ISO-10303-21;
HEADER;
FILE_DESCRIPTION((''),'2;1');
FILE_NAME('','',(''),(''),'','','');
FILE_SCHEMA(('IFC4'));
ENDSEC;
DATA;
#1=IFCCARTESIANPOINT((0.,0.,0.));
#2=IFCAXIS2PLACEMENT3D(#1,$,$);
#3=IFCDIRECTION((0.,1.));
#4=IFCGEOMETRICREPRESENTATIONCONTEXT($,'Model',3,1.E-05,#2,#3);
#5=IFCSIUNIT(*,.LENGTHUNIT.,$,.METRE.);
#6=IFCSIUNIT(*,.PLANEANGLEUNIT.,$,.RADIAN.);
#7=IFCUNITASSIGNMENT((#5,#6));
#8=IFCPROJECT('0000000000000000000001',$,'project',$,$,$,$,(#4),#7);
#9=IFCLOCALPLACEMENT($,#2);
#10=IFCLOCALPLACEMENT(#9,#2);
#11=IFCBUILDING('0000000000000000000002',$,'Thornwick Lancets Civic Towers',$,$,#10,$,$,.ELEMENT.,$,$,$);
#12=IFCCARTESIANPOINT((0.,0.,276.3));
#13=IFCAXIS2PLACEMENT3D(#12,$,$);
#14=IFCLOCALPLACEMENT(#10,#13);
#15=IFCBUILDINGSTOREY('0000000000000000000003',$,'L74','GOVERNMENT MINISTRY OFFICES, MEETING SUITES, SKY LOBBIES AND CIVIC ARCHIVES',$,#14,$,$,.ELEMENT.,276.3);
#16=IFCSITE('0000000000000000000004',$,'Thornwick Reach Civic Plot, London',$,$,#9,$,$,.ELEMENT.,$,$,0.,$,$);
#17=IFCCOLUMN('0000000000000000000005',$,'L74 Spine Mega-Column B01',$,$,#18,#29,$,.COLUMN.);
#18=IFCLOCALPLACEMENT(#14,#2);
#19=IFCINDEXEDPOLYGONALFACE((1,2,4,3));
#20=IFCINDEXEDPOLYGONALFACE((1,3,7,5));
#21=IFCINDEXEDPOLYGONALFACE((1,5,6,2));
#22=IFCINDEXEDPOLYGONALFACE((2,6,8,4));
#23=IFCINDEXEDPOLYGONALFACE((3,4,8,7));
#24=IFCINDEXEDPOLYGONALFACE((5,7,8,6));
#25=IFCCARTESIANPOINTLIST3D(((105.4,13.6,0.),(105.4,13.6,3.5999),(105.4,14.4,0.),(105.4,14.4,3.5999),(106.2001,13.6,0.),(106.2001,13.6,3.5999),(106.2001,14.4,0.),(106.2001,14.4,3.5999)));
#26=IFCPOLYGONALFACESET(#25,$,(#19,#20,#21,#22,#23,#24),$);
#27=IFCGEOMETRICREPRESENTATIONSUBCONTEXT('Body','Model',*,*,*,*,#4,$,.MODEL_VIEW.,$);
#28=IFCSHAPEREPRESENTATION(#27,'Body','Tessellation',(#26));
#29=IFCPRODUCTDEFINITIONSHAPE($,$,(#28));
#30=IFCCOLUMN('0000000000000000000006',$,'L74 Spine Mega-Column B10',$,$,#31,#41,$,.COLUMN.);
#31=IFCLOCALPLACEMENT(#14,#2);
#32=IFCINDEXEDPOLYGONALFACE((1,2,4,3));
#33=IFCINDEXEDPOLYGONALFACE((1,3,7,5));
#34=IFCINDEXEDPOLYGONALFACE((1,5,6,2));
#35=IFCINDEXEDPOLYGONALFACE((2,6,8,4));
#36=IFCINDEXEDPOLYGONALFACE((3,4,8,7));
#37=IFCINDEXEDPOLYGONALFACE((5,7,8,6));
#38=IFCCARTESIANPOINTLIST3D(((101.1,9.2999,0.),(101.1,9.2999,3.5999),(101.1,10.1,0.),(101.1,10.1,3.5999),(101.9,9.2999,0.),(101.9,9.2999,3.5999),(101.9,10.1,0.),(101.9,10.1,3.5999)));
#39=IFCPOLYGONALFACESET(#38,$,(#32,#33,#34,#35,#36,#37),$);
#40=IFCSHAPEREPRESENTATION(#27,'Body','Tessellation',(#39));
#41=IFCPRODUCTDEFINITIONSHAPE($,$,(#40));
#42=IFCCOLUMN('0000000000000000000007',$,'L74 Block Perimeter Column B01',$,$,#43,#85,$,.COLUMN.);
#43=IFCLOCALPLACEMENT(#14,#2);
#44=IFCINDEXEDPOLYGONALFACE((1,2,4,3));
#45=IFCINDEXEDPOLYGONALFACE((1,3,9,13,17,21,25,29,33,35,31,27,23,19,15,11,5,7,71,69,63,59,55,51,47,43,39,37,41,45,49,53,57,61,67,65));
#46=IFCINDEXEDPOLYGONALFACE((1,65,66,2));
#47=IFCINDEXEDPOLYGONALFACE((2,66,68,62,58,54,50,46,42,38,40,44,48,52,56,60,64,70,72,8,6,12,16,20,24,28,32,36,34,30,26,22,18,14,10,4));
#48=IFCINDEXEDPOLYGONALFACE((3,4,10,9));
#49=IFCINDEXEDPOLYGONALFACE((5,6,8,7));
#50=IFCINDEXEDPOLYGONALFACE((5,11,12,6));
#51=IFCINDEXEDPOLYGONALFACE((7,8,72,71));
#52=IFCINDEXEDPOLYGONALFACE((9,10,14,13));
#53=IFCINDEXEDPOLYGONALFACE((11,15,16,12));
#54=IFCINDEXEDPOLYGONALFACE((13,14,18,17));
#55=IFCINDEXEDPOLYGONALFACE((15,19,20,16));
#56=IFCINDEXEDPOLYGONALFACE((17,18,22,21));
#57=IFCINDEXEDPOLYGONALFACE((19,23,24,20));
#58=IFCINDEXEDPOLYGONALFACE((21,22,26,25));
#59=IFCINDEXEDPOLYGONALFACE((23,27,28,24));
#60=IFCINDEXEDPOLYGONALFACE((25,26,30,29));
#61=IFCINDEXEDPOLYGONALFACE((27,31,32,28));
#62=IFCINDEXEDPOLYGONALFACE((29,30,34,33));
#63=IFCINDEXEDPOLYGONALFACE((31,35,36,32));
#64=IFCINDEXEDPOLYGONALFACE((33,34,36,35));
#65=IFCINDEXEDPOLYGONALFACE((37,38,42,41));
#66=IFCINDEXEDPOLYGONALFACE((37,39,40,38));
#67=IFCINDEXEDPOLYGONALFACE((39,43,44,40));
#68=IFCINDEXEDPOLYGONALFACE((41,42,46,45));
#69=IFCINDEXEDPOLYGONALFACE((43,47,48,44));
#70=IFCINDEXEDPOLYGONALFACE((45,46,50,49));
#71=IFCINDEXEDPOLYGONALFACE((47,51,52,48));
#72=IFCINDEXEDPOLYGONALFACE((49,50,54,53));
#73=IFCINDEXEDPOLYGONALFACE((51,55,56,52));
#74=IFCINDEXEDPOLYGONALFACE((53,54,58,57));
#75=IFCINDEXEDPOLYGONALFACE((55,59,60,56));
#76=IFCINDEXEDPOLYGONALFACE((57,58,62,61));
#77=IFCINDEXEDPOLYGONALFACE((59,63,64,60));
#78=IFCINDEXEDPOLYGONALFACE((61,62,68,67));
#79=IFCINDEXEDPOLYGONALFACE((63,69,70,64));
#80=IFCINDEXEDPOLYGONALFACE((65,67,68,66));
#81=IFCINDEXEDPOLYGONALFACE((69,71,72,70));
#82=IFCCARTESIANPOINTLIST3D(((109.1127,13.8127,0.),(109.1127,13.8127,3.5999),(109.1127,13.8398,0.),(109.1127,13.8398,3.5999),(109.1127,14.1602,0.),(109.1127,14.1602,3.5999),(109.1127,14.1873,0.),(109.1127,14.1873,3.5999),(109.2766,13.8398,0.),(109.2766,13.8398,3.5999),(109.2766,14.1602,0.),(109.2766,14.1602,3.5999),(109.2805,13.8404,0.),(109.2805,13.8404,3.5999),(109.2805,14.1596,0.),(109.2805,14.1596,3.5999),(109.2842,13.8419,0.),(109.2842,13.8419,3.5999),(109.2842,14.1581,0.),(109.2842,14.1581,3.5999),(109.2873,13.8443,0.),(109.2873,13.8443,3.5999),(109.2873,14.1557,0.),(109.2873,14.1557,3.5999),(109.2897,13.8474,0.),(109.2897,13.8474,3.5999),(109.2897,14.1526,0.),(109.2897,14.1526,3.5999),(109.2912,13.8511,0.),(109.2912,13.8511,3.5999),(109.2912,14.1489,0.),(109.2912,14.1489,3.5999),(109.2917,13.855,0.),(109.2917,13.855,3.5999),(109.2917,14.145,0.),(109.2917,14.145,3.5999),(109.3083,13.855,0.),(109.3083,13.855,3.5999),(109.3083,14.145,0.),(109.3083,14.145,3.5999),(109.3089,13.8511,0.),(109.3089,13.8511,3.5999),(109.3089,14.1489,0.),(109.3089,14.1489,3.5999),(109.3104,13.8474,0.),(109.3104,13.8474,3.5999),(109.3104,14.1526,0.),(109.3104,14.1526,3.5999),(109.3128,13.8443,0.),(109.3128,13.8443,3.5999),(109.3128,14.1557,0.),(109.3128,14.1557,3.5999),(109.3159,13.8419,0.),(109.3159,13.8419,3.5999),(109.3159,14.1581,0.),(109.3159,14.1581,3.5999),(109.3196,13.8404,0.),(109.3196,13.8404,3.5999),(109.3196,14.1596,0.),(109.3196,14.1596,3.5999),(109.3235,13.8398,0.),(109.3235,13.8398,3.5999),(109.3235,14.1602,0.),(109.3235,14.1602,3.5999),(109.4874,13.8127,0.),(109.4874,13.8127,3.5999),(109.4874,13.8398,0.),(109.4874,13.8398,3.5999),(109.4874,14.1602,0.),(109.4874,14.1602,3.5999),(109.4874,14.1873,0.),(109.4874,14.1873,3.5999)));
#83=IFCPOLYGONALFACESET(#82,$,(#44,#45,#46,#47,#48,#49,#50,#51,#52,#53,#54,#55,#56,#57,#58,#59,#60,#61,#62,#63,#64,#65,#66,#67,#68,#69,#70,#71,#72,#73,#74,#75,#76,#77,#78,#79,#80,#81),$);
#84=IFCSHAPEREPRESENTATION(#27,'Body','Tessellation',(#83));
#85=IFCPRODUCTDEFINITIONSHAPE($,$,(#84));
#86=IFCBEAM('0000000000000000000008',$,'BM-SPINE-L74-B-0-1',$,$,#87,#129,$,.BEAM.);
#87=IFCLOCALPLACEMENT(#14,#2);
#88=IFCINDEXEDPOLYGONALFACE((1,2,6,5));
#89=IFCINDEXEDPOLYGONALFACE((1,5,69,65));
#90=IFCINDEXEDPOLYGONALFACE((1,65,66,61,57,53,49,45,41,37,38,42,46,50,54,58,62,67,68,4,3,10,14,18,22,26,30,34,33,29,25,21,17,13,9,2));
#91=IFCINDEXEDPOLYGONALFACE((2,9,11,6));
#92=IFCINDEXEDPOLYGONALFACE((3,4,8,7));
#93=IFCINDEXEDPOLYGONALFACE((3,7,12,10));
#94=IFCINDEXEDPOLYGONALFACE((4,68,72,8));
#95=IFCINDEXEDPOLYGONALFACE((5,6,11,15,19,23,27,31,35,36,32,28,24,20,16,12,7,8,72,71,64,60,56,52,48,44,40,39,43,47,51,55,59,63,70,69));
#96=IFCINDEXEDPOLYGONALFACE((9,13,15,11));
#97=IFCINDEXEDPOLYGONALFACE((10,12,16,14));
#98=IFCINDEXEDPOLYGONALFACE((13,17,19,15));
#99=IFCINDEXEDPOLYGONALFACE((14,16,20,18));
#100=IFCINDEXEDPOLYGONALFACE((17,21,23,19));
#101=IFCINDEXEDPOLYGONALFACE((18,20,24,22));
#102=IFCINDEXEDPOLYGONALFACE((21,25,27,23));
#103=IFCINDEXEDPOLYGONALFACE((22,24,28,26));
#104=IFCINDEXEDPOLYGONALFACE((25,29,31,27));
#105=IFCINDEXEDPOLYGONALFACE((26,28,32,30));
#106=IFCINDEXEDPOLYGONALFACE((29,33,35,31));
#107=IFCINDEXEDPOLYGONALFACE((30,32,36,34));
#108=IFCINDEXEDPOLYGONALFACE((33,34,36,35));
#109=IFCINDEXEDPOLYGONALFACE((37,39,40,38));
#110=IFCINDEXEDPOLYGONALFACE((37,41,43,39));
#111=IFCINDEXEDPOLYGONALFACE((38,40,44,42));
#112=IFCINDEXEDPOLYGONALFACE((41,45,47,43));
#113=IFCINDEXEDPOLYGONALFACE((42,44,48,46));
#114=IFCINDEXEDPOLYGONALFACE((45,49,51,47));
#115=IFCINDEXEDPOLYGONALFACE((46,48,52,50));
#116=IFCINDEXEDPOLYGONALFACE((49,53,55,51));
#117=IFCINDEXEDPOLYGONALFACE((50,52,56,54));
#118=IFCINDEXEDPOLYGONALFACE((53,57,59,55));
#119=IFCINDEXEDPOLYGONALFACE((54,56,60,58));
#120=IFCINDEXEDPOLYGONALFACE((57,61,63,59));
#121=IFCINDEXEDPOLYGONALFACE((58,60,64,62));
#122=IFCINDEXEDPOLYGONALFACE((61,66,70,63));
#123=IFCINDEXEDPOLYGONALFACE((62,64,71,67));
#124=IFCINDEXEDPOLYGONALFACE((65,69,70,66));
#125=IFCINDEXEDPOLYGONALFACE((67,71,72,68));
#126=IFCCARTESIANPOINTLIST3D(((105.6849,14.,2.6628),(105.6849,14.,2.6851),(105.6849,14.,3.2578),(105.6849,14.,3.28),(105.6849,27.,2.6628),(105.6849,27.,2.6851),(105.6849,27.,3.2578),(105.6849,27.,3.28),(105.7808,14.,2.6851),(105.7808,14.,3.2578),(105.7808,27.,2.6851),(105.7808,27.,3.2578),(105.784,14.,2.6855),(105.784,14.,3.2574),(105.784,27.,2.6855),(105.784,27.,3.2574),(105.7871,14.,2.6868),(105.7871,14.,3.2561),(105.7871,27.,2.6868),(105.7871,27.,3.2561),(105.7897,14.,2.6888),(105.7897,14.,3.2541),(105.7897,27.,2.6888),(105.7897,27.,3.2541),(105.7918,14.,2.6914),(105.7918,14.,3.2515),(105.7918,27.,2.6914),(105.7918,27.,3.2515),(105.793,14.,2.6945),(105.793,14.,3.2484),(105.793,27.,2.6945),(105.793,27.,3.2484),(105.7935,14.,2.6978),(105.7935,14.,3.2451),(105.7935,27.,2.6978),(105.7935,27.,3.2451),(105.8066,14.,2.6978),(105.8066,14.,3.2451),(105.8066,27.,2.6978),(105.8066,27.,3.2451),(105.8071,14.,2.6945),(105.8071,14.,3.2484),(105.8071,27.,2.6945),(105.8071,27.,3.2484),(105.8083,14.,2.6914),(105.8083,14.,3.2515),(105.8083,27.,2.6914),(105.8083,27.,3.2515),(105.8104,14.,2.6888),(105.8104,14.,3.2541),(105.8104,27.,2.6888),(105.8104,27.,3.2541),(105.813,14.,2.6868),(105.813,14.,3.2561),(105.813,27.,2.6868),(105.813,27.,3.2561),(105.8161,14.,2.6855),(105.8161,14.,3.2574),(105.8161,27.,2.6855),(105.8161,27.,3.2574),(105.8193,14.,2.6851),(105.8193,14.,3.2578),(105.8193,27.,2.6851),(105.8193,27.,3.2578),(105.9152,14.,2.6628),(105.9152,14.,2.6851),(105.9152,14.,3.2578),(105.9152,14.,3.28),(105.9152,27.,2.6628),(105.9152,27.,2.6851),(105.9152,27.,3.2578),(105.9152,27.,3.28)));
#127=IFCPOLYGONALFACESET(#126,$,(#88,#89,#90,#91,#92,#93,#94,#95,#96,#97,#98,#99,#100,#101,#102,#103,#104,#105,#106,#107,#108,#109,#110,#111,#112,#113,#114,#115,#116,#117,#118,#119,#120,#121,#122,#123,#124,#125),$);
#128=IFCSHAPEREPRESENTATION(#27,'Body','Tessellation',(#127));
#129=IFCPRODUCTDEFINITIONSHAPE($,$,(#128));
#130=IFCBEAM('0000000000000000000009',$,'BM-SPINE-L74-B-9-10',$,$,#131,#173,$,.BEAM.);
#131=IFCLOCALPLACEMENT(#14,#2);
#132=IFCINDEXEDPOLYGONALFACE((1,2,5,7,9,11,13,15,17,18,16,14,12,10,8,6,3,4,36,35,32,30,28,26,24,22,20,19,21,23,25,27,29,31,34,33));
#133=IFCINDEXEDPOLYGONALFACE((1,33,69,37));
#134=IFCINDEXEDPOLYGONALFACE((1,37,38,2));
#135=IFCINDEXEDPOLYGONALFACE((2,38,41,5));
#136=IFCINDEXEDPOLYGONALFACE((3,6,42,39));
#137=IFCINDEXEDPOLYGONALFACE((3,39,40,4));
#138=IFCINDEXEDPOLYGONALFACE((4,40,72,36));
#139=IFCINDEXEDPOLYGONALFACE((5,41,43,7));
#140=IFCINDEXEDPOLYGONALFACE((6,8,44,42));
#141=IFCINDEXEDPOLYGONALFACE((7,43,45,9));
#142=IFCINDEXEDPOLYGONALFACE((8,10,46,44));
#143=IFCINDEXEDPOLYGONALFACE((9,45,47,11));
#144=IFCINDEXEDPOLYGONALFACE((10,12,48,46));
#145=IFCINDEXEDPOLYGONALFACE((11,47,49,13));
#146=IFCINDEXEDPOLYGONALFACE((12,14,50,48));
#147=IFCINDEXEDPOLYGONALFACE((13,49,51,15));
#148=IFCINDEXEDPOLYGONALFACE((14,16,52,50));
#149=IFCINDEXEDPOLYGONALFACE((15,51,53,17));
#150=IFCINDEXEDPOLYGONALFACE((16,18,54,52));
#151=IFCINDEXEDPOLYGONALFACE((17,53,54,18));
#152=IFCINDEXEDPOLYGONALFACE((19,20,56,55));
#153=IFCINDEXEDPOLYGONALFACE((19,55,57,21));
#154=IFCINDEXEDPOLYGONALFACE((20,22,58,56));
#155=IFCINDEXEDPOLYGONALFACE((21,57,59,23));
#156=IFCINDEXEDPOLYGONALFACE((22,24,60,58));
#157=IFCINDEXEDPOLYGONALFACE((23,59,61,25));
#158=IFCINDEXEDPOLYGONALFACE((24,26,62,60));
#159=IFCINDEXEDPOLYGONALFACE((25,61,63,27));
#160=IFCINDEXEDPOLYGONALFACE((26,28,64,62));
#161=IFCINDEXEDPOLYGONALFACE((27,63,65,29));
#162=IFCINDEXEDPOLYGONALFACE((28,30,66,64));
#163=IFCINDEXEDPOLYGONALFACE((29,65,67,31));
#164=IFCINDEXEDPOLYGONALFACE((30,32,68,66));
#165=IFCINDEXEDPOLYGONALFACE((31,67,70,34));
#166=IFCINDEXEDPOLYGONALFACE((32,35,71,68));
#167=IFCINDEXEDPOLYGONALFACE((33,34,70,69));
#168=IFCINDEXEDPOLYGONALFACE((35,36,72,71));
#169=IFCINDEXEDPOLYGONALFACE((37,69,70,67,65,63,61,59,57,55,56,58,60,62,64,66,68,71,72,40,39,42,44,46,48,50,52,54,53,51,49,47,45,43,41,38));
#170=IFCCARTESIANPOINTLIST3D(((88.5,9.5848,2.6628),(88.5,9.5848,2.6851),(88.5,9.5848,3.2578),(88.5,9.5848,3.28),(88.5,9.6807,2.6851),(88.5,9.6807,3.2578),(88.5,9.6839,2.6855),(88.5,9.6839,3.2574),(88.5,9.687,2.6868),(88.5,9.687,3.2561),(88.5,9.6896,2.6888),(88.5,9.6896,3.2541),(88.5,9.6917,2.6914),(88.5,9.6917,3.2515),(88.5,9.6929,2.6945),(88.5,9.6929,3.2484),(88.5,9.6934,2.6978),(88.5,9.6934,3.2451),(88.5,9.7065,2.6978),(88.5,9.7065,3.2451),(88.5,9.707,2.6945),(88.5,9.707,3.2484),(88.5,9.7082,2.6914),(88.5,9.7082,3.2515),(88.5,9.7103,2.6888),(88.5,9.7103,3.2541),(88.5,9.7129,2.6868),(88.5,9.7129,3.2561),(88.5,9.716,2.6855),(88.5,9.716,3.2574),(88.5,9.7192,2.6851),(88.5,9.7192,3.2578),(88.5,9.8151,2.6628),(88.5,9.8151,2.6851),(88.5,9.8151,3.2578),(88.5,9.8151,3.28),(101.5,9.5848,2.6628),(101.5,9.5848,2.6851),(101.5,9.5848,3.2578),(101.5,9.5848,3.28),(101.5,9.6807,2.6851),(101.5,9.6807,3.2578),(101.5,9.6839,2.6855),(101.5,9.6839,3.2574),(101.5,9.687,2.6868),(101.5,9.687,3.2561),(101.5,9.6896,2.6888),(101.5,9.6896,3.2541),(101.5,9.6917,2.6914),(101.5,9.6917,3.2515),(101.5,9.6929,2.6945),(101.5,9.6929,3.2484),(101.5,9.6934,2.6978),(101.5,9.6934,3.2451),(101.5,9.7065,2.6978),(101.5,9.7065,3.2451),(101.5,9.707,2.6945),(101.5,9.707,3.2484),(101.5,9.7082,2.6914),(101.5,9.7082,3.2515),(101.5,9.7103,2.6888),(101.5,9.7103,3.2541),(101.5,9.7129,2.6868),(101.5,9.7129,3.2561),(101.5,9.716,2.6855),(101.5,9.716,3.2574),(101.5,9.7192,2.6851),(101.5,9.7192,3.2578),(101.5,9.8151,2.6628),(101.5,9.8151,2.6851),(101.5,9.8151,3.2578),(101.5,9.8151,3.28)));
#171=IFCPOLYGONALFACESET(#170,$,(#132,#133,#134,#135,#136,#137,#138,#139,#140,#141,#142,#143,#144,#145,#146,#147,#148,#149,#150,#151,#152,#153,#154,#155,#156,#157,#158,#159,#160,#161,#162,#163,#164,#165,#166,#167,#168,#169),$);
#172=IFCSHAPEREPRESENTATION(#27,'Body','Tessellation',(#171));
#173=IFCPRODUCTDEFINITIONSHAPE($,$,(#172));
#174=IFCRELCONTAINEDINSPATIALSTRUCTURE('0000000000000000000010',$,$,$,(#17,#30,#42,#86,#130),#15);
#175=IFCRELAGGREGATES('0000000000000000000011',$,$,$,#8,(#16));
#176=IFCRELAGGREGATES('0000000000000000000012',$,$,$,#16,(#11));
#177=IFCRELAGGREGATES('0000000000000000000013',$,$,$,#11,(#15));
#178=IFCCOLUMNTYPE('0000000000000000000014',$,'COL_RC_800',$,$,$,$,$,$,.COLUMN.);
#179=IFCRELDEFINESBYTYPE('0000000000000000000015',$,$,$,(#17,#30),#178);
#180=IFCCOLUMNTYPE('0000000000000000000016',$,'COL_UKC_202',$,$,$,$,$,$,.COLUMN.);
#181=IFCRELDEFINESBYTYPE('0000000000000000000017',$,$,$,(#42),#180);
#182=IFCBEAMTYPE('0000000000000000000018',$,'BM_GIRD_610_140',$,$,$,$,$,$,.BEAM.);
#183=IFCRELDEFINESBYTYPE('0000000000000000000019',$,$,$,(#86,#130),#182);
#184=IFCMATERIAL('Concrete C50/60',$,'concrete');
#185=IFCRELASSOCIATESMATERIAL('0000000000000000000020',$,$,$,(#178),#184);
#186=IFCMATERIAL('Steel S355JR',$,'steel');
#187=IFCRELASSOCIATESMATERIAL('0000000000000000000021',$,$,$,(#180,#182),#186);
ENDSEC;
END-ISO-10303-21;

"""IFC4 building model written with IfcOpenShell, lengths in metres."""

from ifc_helpers import new_model, si_unit, direction, frame, origin, origin_2d, place, context, subcontext, project, spatial, rectangle, i_section, extrude, material, material_profile, profile_set, type_object, element, save


model = new_model("IFC4")

# Units and contexts
model_context = context("Model", 3, precision=1e-05, world=origin(), true_north=direction((0.0, 1.0)))
body_context = subcontext(model_context, "Body", "Model", "MODEL_VIEW")
ifc_project = project(units=[si_unit("LENGTHUNIT", "METRE"), si_unit("PLANEANGLEUNIT", "RADIAN")], contexts=[model_context])

# Site, building, storey
site_placement = place(None, origin())
site = spatial("IfcSite", under=ifc_project, at=site_placement, Name="Thornwick Reach Civic Plot, London", CompositionType="ELEMENT", RefElevation=0.0)
building_placement = place(site_placement, origin())
building = spatial("IfcBuilding", under=site, at=building_placement, Name="Thornwick Lancets Civic Towers", CompositionType="ELEMENT")
storey_placement = place(building_placement, frame((0.0, 0.0, 276.3)))
storey = spatial("IfcBuildingStorey", under=building, at=storey_placement, Name="L74", Description="GOVERNMENT MINISTRY OFFICES, MEETING SUITES, SKY LOBBIES AND CIVIC ARCHIVES", CompositionType="ELEMENT", Elevation=276.3)

# Columns
ifc_material_1 = material(Name="Concrete C50/60", Category="concrete")
ifc_material_profile_1 = material_profile(ifc_material_1, rectangle(XDim=0.8, YDim=0.8, at=origin_2d()), Name="RC 800x800")
ifc_profile_set_1 = profile_set([ifc_material_profile_1], Name="Concrete C50/60")
column_type_1 = type_object("IfcColumnType", Name="COL_RC_800", PredefinedType="COLUMN", material=ifc_profile_set_1)
for number, where, z_axis, x_axis, name in (
    (1, (105.8, 14.0, 0.0), (0.0, 0.0, 1.0), (1.0, 0.0, 0.0), "L74 Spine Mega-Column B01"),
    (2, (101.5, 9.7, 0.0), (0.0, 0.0, 1.0), (1.0, 0.0, 0.0), "L74 Spine Mega-Column B10"),
):
    element("IfcColumn", number, at=place(storey_placement, frame(where, z_axis=z_axis, x_axis=x_axis)), inside=storey, type_object=column_type_1, Name=name, PredefinedType="COLUMN", context=body_context, shape_type="SweptSolid", body=[
        extrude(rectangle(XDim=0.8, YDim=0.8, at=origin_2d()), origin(), (0.0, 0.0, 1.0), 3.5999),
    ])
ifc_material_2 = material(Name="Steel S355JR", Category="steel")
ifc_material_profile_2 = material_profile(ifc_material_2, i_section(OverallWidth=0.3748, OverallDepth=0.3745, WebThickness=0.0166, FlangeThickness=0.0271, FilletRadius=0.0151, at=origin_2d()), Name="UKC 356x368x202")
ifc_profile_set_2 = profile_set([ifc_material_profile_2], Name="Steel S355JR")
column_type_2 = type_object("IfcColumnType", Name="COL_UKC_202", PredefinedType="COLUMN", material=ifc_profile_set_2)
column_placement = place(storey_placement, frame((109.3, 14.0, 0.0), z_axis=(0.0, 0.0, 1.0), x_axis=(1.0, 0.0, 0.0)))
element("IfcColumn", 3, at=column_placement, inside=storey, type_object=column_type_2, Name="L74 Block Perimeter Column B01", PredefinedType="COLUMN", context=body_context, shape_type="SweptSolid", body=[
    extrude(i_section(OverallWidth=0.3748, OverallDepth=0.3745, WebThickness=0.0166, FlangeThickness=0.0271, FilletRadius=0.0151, at=origin_2d()), origin(), (0.0, 0.0, 1.0), 3.5999),
])

# Beams
ifc_material_profile_3 = material_profile(ifc_material_2, i_section(OverallWidth=0.2302, OverallDepth=0.6172, WebThickness=0.0132, FlangeThickness=0.0222, FilletRadius=0.0127, at=origin_2d()), Name="UKB 610x229x140")
ifc_profile_set_3 = profile_set([ifc_material_profile_3], Name="Steel S355JR")
beam_type_1 = type_object("IfcBeamType", Name="BM_GIRD_610_140", PredefinedType="BEAM", material=ifc_profile_set_3)
for number, where, z_axis, x_axis, name in (
    (4, (105.8, 14.0, 2.9714), (0.0, 1.0, 0.0), (-1.0, 0.0, 0.0), "BM-SPINE-L74-B-0-1"),
    (5, (101.5, 9.7, 2.9714), (-1.0, 0.0, 0.0), (0.0, -1.0, 0.0), "BM-SPINE-L74-B-9-10"),
):
    element("IfcBeam", number, at=place(storey_placement, frame(where, z_axis=z_axis, x_axis=x_axis)), inside=storey, type_object=beam_type_1, Name=name, PredefinedType="BEAM", context=body_context, shape_type="SweptSolid", body=[
        extrude(i_section(OverallWidth=0.2302, OverallDepth=0.6172, WebThickness=0.0132, FlangeThickness=0.0222, FilletRadius=0.0127, at=origin_2d()), origin(), (0.0, 0.0, 1.0), 13.0),
    ])

save(model, "model.ifc")
